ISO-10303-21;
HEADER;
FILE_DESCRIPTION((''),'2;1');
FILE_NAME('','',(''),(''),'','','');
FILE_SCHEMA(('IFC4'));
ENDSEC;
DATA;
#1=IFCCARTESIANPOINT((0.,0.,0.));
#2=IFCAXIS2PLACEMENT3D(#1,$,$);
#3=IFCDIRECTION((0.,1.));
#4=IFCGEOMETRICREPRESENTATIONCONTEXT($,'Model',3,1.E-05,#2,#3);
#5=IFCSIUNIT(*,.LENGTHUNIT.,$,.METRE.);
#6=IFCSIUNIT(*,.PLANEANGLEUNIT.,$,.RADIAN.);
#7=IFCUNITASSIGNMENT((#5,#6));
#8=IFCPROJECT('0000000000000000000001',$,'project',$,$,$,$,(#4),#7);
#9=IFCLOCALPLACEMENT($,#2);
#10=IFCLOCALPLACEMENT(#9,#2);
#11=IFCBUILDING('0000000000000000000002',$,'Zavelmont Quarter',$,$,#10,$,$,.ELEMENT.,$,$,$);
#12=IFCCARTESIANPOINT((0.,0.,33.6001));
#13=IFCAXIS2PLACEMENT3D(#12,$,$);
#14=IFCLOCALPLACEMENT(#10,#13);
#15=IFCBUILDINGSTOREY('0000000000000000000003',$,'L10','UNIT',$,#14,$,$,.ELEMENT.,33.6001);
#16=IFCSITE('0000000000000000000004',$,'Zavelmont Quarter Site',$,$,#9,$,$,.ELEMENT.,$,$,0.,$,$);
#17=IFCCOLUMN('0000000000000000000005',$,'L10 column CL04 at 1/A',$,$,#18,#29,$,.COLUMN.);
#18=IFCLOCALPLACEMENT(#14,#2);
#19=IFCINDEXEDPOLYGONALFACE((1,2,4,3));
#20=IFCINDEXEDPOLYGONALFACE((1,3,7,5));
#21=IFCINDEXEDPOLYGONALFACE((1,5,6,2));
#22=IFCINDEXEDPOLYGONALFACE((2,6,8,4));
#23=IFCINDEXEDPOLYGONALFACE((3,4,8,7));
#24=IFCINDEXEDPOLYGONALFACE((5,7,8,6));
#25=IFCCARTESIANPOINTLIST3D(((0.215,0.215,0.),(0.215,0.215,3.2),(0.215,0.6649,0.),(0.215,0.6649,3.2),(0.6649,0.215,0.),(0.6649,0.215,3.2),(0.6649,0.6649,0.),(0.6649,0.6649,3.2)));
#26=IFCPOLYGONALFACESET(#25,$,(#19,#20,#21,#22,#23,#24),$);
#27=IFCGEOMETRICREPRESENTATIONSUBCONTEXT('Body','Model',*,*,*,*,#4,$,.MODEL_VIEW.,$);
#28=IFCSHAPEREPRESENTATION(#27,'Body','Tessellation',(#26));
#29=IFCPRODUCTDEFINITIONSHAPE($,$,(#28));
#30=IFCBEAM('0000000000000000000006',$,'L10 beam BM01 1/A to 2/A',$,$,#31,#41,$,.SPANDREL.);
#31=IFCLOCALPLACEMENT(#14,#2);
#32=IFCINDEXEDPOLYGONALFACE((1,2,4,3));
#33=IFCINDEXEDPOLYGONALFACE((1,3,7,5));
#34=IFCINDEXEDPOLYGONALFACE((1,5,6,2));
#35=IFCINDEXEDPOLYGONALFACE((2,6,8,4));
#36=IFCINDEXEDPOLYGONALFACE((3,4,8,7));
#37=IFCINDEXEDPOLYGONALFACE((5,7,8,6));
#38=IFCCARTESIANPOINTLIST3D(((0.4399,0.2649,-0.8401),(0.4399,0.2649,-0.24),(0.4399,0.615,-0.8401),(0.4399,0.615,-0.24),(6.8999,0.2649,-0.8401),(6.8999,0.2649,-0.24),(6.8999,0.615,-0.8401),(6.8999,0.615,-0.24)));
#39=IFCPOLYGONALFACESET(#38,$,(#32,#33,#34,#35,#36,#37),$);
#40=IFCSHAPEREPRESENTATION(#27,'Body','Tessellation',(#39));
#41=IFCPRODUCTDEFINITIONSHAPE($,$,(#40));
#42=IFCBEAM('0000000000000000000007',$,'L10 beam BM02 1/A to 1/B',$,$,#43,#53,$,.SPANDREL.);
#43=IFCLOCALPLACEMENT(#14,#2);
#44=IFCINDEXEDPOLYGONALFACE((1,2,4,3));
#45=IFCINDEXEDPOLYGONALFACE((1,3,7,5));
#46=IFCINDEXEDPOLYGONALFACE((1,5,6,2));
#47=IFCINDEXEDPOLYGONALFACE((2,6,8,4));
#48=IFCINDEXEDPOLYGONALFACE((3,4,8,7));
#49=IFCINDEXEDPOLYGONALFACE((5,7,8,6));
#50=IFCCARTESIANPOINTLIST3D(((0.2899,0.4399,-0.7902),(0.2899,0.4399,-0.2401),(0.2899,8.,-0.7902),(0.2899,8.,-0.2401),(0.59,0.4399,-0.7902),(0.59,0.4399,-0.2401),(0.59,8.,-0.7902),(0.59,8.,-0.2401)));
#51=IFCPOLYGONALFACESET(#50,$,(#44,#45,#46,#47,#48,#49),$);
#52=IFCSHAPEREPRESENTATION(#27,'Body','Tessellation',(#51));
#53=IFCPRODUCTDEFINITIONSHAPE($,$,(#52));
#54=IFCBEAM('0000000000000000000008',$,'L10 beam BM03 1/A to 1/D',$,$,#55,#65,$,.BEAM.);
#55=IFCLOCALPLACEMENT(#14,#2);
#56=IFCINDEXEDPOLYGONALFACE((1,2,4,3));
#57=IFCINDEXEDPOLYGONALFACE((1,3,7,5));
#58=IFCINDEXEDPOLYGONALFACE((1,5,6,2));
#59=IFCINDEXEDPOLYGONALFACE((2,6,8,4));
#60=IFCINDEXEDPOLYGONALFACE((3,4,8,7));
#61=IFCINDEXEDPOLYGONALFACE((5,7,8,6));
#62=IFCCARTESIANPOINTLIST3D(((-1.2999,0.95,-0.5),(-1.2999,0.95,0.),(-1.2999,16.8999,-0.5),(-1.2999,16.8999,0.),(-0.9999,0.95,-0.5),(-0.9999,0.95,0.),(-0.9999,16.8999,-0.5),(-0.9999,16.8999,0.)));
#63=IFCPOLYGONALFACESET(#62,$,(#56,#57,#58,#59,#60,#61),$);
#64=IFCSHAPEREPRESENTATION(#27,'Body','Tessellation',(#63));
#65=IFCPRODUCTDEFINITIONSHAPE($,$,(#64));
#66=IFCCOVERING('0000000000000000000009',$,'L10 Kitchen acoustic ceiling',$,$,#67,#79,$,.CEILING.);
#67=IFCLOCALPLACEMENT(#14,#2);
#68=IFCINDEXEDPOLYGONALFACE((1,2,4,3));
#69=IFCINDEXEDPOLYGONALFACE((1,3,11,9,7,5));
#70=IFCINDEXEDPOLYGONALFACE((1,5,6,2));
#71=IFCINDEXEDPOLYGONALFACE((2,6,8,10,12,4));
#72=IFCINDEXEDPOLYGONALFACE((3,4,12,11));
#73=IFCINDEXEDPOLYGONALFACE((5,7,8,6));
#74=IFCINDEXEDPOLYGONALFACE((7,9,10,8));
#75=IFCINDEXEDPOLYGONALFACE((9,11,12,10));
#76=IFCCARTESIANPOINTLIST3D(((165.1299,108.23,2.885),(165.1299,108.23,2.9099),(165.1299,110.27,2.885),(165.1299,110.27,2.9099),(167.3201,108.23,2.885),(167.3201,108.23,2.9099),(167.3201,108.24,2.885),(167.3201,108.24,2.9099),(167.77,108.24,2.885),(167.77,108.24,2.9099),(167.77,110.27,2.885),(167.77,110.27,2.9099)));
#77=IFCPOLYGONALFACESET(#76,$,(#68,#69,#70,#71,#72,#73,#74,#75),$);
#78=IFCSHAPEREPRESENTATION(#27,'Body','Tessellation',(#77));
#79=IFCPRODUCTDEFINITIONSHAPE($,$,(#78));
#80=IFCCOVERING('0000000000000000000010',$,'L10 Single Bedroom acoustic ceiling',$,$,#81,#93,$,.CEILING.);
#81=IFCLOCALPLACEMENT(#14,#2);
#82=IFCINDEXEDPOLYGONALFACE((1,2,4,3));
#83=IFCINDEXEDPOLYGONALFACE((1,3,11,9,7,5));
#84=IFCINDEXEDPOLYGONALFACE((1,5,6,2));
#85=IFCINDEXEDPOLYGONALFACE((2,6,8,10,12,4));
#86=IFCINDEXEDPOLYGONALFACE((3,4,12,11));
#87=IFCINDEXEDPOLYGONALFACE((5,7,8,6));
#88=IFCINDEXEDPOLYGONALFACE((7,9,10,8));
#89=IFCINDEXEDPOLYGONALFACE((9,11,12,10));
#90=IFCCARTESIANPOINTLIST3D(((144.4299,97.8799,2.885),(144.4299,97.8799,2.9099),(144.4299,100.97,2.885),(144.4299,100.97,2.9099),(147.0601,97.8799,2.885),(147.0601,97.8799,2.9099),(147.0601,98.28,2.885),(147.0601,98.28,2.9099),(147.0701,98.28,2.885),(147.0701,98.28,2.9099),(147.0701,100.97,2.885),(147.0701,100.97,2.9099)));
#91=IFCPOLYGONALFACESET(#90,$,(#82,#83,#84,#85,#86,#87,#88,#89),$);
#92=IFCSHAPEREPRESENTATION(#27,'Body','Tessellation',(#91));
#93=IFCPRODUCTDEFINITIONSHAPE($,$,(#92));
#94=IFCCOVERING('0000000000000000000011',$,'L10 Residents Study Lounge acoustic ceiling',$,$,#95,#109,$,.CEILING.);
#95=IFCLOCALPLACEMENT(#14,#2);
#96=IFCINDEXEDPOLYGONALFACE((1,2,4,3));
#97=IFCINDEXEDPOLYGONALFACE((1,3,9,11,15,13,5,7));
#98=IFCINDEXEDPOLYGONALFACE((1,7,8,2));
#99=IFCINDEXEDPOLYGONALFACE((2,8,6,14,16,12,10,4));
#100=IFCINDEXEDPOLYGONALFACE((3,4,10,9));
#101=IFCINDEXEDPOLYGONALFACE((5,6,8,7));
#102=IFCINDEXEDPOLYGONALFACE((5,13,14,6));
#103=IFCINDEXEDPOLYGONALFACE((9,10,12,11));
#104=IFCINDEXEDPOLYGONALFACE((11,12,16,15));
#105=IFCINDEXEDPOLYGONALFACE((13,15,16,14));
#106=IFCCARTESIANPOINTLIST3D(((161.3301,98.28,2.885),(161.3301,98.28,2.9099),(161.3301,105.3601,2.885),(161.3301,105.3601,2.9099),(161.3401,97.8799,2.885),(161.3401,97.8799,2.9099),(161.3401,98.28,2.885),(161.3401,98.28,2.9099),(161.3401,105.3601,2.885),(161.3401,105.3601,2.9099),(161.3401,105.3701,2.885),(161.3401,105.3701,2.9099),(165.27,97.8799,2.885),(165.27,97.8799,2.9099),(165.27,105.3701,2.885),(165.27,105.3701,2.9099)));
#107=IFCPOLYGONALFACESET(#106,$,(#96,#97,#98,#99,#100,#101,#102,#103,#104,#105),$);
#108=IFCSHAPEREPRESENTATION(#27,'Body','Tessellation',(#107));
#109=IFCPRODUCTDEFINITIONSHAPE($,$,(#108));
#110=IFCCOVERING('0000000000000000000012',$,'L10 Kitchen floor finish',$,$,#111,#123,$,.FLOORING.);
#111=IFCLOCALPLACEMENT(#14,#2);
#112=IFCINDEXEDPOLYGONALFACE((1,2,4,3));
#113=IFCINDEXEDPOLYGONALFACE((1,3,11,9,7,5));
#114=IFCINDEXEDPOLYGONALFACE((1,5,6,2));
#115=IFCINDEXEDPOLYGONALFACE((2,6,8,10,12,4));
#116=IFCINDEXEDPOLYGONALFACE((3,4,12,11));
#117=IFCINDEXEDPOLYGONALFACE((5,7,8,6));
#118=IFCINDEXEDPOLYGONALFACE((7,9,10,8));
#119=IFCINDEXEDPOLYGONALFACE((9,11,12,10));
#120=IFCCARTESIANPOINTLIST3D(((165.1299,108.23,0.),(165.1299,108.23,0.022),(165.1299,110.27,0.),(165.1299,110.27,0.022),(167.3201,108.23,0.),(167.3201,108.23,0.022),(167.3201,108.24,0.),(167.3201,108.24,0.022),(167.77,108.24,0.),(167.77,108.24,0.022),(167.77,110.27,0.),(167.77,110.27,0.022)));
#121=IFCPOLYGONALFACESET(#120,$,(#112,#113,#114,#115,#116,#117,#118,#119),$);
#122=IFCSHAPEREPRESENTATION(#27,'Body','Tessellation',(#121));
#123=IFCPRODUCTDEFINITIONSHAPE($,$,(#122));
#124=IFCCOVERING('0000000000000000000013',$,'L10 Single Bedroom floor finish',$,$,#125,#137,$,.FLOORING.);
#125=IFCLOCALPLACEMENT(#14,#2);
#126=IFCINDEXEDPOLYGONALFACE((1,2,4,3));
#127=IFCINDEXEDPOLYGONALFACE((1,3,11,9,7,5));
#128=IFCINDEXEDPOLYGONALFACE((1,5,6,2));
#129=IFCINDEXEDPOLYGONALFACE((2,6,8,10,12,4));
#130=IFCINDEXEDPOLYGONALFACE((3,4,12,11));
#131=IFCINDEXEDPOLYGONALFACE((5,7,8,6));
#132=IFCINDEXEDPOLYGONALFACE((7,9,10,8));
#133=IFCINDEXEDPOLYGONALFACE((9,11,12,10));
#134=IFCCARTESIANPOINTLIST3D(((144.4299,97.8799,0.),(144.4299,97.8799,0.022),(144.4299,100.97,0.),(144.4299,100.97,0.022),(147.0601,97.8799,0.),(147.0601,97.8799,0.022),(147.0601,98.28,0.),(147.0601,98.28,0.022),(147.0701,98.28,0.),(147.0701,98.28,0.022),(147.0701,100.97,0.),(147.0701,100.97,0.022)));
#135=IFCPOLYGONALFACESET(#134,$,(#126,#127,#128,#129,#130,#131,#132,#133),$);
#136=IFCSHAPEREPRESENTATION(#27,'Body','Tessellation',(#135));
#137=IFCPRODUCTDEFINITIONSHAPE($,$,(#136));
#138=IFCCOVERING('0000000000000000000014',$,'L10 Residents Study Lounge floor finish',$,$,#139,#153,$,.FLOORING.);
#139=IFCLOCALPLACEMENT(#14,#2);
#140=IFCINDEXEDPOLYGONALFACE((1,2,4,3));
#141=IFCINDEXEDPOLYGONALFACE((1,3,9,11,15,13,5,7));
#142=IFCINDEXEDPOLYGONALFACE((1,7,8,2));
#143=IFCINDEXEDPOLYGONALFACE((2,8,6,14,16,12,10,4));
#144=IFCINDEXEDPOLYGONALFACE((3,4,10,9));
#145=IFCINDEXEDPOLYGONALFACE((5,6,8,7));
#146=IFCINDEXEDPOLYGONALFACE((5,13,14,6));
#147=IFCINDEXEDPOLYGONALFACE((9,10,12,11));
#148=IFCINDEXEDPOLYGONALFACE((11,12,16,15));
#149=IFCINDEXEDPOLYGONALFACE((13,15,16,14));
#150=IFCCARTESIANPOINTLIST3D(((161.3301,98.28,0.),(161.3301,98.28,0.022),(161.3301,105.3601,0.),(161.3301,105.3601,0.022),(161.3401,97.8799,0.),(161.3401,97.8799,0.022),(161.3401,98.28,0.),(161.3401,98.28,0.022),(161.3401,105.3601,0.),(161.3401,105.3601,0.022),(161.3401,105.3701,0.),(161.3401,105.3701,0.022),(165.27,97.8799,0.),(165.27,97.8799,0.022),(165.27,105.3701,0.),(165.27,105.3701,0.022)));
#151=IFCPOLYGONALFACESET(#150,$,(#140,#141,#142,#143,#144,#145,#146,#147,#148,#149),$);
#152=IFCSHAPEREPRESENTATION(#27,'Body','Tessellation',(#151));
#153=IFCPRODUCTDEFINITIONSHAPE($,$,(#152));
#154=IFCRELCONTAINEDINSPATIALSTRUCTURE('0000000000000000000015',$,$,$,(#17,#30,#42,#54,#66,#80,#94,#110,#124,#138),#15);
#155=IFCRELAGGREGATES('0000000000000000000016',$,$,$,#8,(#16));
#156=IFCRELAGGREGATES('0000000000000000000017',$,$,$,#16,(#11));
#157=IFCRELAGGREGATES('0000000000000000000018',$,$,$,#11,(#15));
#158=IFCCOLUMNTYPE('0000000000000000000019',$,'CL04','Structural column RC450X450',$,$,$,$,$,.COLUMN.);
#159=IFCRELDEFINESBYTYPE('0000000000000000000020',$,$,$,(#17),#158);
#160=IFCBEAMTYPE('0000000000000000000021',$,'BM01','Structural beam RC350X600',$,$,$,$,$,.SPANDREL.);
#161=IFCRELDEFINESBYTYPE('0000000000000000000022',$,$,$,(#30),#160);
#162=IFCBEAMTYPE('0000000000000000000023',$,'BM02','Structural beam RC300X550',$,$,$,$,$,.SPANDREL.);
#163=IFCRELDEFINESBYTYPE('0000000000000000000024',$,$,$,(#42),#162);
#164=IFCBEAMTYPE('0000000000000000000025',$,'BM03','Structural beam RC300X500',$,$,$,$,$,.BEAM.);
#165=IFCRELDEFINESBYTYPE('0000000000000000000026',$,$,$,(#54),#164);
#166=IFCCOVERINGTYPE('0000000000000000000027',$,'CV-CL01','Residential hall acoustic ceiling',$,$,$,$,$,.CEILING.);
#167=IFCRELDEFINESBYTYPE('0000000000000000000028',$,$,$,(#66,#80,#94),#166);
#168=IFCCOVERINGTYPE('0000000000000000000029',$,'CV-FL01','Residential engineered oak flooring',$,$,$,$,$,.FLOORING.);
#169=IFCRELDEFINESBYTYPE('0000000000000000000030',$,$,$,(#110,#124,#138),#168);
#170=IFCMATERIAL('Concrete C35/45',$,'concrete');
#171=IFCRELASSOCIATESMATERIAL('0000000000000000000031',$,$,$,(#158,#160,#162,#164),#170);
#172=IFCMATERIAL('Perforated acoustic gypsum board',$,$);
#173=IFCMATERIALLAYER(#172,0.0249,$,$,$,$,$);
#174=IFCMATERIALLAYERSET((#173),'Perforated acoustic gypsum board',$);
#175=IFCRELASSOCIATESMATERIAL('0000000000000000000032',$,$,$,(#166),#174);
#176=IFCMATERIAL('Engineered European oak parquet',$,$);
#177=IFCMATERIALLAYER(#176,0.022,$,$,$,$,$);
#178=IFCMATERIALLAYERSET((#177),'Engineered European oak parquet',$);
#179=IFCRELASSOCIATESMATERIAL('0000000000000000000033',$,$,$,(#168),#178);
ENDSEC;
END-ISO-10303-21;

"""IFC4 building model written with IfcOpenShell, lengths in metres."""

from ifc_helpers import new_model, si_unit, direction, frame, origin, origin_2d, place, context, subcontext, project, spatial, polyline, rectangle, outline, extrude, material, layer, layer_set, material_profile, profile_set, type_object, element, save


model = new_model("IFC4")

# Units and contexts
model_context = context("Model", 3, precision=1e-05, world=origin(), true_north=direction((0.0, 1.0)))
body_context = subcontext(model_context, "Body", "Model", "MODEL_VIEW")
ifc_project = project(units=[si_unit("LENGTHUNIT", "METRE"), si_unit("PLANEANGLEUNIT", "RADIAN")], contexts=[model_context])

# Site, building, storey
site_placement = place(None, origin())
site = spatial("IfcSite", under=ifc_project, at=site_placement, Name="Zavelmont Quarter Site", CompositionType="ELEMENT", RefElevation=0.0)
building_placement = place(site_placement, origin())
building = spatial("IfcBuilding", under=site, at=building_placement, Name="Zavelmont Quarter", CompositionType="ELEMENT")
storey_placement = place(building_placement, frame((0.0, 0.0, 33.6001)))
storey = spatial("IfcBuildingStorey", under=building, at=storey_placement, Name="L10", Description="UNIT", CompositionType="ELEMENT", Elevation=33.6001)

# Column
ifc_material_1 = material(Name="Concrete C35/45", Category="concrete")
ifc_material_profile_1 = material_profile(ifc_material_1, rectangle(XDim=0.45, YDim=0.45, at=origin_2d()), Name="RC450X450")
ifc_profile_set_1 = profile_set([ifc_material_profile_1], Name="Concrete C35/45")
column_type = type_object("IfcColumnType", Name="CL04", Description="Structural column RC450X450", PredefinedType="COLUMN", material=ifc_profile_set_1)
column_placement = place(storey_placement, frame((0.4399, 0.4399, 0.0), z_axis=(0.0, 0.0, 1.0), x_axis=(1.0, 0.0, 0.0)))
element("IfcColumn", 1, at=column_placement, inside=storey, type_object=column_type, Name="L10 column CL04 at 1/A", PredefinedType="COLUMN", context=body_context, shape_type="SweptSolid", body=[
    extrude(rectangle(XDim=0.45, YDim=0.45, at=origin_2d()), origin(), (0.0, 0.0, 1.0), 3.2),
])

# Beams
ifc_material_profile_2 = material_profile(ifc_material_1, rectangle(XDim=0.3501, YDim=0.6001, at=origin_2d()), Name="RC350X600")
ifc_profile_set_2 = profile_set([ifc_material_profile_2], Name="Concrete C35/45")
beam_type_1 = type_object("IfcBeamType", Name="BM01", Description="Structural beam RC350X600", PredefinedType="SPANDREL", material=ifc_profile_set_2)
beam_1_placement = place(storey_placement, frame((0.4399, 0.4399, -0.54), z_axis=(1.0, 0.0, 0.0), x_axis=(0.0, 1.0, 0.0)))
element("IfcBeam", 2, at=beam_1_placement, inside=storey, type_object=beam_type_1, Name="L10 beam BM01 1/A to 2/A", PredefinedType="SPANDREL", context=body_context, shape_type="SweptSolid", body=[
    extrude(rectangle(XDim=0.3501, YDim=0.6001, at=origin_2d()), origin(), (0.0, 0.0, 1.0), 6.46),
])
ifc_material_profile_3 = material_profile(ifc_material_1, rectangle(XDim=0.3, YDim=0.55, at=origin_2d()), Name="RC300X550")
ifc_profile_set_3 = profile_set([ifc_material_profile_3], Name="Concrete C35/45")
beam_type_2 = type_object("IfcBeamType", Name="BM02", Description="Structural beam RC300X550", PredefinedType="SPANDREL", material=ifc_profile_set_3)
beam_2_placement = place(storey_placement, frame((0.4399, 0.4399, -0.5151), z_axis=(0.0, 1.0, 0.0), x_axis=(-1.0, 0.0, 0.0)))
element("IfcBeam", 3, at=beam_2_placement, inside=storey, type_object=beam_type_2, Name="L10 beam BM02 1/A to 1/B", PredefinedType="SPANDREL", context=body_context, shape_type="SweptSolid", body=[
    extrude(rectangle(XDim=0.3, YDim=0.55, at=origin_2d()), origin(), (0.0, 0.0, 1.0), 7.5601),
])
ifc_material_profile_4 = material_profile(ifc_material_1, rectangle(XDim=0.3, YDim=0.5, at=origin_2d()), Name="RC300X500")
ifc_profile_set_4 = profile_set([ifc_material_profile_4], Name="Concrete C35/45")
beam_type_3 = type_object("IfcBeamType", Name="BM03", Description="Structural beam RC300X500", PredefinedType="BEAM", material=ifc_profile_set_4)
beam_3_placement = place(storey_placement, frame((-1.1499, 0.95, -0.25), z_axis=(0.0, 1.0, 0.0), x_axis=(-1.0, 0.0, 0.0)))
element("IfcBeam", 4, at=beam_3_placement, inside=storey, type_object=beam_type_3, Name="L10 beam BM03 1/A to 1/D", PredefinedType="BEAM", context=body_context, shape_type="SweptSolid", body=[
    extrude(rectangle(XDim=0.3, YDim=0.5, at=origin_2d()), origin(), (0.0, 0.0, 1.0), 15.95),
])

# Coverings
ifc_material_2 = material(Name="Perforated acoustic gypsum board")
ifc_layer_1 = layer(ifc_material_2, 0.0249)
ifc_layer_set_1 = layer_set([ifc_layer_1], Name="Perforated acoustic gypsum board")
covering_type_1 = type_object("IfcCoveringType", Name="CV-CL01", Description="Residential hall acoustic ceiling", PredefinedType="CEILING", material=ifc_layer_set_1)
covering_1_placement = place(storey_placement, frame((0.0, 0.0, 2.885)))
element("IfcCovering", 5, at=covering_1_placement, inside=storey, type_object=covering_type_1, Name="L10 Kitchen acoustic ceiling", PredefinedType="CEILING", context=body_context, shape_type="SweptSolid", body=[
    extrude(outline(polyline([(165.1299, 110.27), (167.77, 110.27), (167.77, 108.24), (167.3201, 108.24), (167.3201, 108.23), (165.1299, 108.23), (165.1299, 110.27)])), origin(), (0.0, 0.0, 1.0), 0.0249),
])
covering_2_placement = place(storey_placement, frame((0.0, 0.0, 2.885)))
element("IfcCovering", 6, at=covering_2_placement, inside=storey, type_object=covering_type_1, Name="L10 Single Bedroom acoustic ceiling", PredefinedType="CEILING", context=body_context, shape_type="SweptSolid", body=[
    extrude(outline(polyline([(144.4299, 100.97), (147.0701, 100.97), (147.0701, 98.28), (147.0601, 98.28), (147.0601, 97.8799), (144.4299, 97.8799), (144.4299, 100.97)])), origin(), (0.0, 0.0, 1.0), 0.0249),
])
covering_3_placement = place(storey_placement, frame((0.0, 0.0, 2.885)))
element("IfcCovering", 7, at=covering_3_placement, inside=storey, type_object=covering_type_1, Name="L10 Residents Study Lounge acoustic ceiling", PredefinedType="CEILING", context=body_context, shape_type="SweptSolid", body=[
    extrude(outline(polyline([(161.3301, 105.3601), (161.3401, 105.3601), (161.3401, 105.3701), (165.27, 105.3701), (165.27, 97.8799), (161.3401, 97.8799), (161.3401, 98.28), (161.3301, 98.28), (161.3301, 105.3601)])), origin(), (0.0, 0.0, 1.0), 0.0249),
])
ifc_material_3 = material(Name="Engineered European oak parquet")
ifc_layer_2 = layer(ifc_material_3, 0.022)
ifc_layer_set_2 = layer_set([ifc_layer_2], Name="Engineered European oak parquet")
covering_type_2 = type_object("IfcCoveringType", Name="CV-FL01", Description="Residential engineered oak flooring", PredefinedType="FLOORING", material=ifc_layer_set_2)
covering_4_placement = place(storey_placement, origin())
element("IfcCovering", 8, at=covering_4_placement, inside=storey, type_object=covering_type_2, Name="L10 Kitchen floor finish", PredefinedType="FLOORING", context=body_context, shape_type="SweptSolid", body=[
    extrude(outline(polyline([(165.1299, 110.27), (167.77, 110.27), (167.77, 108.24), (167.3201, 108.24), (167.3201, 108.23), (165.1299, 108.23), (165.1299, 110.27)])), origin(), (0.0, 0.0, 1.0), 0.022),
])
covering_5_placement = place(storey_placement, origin())
element("IfcCovering", 9, at=covering_5_placement, inside=storey, type_object=covering_type_2, Name="L10 Single Bedroom floor finish", PredefinedType="FLOORING", context=body_context, shape_type="SweptSolid", body=[
    extrude(outline(polyline([(144.4299, 100.97), (147.0701, 100.97), (147.0701, 98.28), (147.0601, 98.28), (147.0601, 97.8799), (144.4299, 97.8799), (144.4299, 100.97)])), origin(), (0.0, 0.0, 1.0), 0.022),
])
covering_6_placement = place(storey_placement, origin())
element("IfcCovering", 10, at=covering_6_placement, inside=storey, type_object=covering_type_2, Name="L10 Residents Study Lounge floor finish", PredefinedType="FLOORING", context=body_context, shape_type="SweptSolid", body=[
    extrude(outline(polyline([(161.3301, 105.3601), (161.3401, 105.3601), (161.3401, 105.3701), (165.27, 105.3701), (165.27, 97.8799), (161.3401, 97.8799), (161.3401, 98.28), (161.3301, 98.28), (161.3301, 105.3601)])), origin(), (0.0, 0.0, 1.0), 0.022),
])

save(model, "model.ifc")
